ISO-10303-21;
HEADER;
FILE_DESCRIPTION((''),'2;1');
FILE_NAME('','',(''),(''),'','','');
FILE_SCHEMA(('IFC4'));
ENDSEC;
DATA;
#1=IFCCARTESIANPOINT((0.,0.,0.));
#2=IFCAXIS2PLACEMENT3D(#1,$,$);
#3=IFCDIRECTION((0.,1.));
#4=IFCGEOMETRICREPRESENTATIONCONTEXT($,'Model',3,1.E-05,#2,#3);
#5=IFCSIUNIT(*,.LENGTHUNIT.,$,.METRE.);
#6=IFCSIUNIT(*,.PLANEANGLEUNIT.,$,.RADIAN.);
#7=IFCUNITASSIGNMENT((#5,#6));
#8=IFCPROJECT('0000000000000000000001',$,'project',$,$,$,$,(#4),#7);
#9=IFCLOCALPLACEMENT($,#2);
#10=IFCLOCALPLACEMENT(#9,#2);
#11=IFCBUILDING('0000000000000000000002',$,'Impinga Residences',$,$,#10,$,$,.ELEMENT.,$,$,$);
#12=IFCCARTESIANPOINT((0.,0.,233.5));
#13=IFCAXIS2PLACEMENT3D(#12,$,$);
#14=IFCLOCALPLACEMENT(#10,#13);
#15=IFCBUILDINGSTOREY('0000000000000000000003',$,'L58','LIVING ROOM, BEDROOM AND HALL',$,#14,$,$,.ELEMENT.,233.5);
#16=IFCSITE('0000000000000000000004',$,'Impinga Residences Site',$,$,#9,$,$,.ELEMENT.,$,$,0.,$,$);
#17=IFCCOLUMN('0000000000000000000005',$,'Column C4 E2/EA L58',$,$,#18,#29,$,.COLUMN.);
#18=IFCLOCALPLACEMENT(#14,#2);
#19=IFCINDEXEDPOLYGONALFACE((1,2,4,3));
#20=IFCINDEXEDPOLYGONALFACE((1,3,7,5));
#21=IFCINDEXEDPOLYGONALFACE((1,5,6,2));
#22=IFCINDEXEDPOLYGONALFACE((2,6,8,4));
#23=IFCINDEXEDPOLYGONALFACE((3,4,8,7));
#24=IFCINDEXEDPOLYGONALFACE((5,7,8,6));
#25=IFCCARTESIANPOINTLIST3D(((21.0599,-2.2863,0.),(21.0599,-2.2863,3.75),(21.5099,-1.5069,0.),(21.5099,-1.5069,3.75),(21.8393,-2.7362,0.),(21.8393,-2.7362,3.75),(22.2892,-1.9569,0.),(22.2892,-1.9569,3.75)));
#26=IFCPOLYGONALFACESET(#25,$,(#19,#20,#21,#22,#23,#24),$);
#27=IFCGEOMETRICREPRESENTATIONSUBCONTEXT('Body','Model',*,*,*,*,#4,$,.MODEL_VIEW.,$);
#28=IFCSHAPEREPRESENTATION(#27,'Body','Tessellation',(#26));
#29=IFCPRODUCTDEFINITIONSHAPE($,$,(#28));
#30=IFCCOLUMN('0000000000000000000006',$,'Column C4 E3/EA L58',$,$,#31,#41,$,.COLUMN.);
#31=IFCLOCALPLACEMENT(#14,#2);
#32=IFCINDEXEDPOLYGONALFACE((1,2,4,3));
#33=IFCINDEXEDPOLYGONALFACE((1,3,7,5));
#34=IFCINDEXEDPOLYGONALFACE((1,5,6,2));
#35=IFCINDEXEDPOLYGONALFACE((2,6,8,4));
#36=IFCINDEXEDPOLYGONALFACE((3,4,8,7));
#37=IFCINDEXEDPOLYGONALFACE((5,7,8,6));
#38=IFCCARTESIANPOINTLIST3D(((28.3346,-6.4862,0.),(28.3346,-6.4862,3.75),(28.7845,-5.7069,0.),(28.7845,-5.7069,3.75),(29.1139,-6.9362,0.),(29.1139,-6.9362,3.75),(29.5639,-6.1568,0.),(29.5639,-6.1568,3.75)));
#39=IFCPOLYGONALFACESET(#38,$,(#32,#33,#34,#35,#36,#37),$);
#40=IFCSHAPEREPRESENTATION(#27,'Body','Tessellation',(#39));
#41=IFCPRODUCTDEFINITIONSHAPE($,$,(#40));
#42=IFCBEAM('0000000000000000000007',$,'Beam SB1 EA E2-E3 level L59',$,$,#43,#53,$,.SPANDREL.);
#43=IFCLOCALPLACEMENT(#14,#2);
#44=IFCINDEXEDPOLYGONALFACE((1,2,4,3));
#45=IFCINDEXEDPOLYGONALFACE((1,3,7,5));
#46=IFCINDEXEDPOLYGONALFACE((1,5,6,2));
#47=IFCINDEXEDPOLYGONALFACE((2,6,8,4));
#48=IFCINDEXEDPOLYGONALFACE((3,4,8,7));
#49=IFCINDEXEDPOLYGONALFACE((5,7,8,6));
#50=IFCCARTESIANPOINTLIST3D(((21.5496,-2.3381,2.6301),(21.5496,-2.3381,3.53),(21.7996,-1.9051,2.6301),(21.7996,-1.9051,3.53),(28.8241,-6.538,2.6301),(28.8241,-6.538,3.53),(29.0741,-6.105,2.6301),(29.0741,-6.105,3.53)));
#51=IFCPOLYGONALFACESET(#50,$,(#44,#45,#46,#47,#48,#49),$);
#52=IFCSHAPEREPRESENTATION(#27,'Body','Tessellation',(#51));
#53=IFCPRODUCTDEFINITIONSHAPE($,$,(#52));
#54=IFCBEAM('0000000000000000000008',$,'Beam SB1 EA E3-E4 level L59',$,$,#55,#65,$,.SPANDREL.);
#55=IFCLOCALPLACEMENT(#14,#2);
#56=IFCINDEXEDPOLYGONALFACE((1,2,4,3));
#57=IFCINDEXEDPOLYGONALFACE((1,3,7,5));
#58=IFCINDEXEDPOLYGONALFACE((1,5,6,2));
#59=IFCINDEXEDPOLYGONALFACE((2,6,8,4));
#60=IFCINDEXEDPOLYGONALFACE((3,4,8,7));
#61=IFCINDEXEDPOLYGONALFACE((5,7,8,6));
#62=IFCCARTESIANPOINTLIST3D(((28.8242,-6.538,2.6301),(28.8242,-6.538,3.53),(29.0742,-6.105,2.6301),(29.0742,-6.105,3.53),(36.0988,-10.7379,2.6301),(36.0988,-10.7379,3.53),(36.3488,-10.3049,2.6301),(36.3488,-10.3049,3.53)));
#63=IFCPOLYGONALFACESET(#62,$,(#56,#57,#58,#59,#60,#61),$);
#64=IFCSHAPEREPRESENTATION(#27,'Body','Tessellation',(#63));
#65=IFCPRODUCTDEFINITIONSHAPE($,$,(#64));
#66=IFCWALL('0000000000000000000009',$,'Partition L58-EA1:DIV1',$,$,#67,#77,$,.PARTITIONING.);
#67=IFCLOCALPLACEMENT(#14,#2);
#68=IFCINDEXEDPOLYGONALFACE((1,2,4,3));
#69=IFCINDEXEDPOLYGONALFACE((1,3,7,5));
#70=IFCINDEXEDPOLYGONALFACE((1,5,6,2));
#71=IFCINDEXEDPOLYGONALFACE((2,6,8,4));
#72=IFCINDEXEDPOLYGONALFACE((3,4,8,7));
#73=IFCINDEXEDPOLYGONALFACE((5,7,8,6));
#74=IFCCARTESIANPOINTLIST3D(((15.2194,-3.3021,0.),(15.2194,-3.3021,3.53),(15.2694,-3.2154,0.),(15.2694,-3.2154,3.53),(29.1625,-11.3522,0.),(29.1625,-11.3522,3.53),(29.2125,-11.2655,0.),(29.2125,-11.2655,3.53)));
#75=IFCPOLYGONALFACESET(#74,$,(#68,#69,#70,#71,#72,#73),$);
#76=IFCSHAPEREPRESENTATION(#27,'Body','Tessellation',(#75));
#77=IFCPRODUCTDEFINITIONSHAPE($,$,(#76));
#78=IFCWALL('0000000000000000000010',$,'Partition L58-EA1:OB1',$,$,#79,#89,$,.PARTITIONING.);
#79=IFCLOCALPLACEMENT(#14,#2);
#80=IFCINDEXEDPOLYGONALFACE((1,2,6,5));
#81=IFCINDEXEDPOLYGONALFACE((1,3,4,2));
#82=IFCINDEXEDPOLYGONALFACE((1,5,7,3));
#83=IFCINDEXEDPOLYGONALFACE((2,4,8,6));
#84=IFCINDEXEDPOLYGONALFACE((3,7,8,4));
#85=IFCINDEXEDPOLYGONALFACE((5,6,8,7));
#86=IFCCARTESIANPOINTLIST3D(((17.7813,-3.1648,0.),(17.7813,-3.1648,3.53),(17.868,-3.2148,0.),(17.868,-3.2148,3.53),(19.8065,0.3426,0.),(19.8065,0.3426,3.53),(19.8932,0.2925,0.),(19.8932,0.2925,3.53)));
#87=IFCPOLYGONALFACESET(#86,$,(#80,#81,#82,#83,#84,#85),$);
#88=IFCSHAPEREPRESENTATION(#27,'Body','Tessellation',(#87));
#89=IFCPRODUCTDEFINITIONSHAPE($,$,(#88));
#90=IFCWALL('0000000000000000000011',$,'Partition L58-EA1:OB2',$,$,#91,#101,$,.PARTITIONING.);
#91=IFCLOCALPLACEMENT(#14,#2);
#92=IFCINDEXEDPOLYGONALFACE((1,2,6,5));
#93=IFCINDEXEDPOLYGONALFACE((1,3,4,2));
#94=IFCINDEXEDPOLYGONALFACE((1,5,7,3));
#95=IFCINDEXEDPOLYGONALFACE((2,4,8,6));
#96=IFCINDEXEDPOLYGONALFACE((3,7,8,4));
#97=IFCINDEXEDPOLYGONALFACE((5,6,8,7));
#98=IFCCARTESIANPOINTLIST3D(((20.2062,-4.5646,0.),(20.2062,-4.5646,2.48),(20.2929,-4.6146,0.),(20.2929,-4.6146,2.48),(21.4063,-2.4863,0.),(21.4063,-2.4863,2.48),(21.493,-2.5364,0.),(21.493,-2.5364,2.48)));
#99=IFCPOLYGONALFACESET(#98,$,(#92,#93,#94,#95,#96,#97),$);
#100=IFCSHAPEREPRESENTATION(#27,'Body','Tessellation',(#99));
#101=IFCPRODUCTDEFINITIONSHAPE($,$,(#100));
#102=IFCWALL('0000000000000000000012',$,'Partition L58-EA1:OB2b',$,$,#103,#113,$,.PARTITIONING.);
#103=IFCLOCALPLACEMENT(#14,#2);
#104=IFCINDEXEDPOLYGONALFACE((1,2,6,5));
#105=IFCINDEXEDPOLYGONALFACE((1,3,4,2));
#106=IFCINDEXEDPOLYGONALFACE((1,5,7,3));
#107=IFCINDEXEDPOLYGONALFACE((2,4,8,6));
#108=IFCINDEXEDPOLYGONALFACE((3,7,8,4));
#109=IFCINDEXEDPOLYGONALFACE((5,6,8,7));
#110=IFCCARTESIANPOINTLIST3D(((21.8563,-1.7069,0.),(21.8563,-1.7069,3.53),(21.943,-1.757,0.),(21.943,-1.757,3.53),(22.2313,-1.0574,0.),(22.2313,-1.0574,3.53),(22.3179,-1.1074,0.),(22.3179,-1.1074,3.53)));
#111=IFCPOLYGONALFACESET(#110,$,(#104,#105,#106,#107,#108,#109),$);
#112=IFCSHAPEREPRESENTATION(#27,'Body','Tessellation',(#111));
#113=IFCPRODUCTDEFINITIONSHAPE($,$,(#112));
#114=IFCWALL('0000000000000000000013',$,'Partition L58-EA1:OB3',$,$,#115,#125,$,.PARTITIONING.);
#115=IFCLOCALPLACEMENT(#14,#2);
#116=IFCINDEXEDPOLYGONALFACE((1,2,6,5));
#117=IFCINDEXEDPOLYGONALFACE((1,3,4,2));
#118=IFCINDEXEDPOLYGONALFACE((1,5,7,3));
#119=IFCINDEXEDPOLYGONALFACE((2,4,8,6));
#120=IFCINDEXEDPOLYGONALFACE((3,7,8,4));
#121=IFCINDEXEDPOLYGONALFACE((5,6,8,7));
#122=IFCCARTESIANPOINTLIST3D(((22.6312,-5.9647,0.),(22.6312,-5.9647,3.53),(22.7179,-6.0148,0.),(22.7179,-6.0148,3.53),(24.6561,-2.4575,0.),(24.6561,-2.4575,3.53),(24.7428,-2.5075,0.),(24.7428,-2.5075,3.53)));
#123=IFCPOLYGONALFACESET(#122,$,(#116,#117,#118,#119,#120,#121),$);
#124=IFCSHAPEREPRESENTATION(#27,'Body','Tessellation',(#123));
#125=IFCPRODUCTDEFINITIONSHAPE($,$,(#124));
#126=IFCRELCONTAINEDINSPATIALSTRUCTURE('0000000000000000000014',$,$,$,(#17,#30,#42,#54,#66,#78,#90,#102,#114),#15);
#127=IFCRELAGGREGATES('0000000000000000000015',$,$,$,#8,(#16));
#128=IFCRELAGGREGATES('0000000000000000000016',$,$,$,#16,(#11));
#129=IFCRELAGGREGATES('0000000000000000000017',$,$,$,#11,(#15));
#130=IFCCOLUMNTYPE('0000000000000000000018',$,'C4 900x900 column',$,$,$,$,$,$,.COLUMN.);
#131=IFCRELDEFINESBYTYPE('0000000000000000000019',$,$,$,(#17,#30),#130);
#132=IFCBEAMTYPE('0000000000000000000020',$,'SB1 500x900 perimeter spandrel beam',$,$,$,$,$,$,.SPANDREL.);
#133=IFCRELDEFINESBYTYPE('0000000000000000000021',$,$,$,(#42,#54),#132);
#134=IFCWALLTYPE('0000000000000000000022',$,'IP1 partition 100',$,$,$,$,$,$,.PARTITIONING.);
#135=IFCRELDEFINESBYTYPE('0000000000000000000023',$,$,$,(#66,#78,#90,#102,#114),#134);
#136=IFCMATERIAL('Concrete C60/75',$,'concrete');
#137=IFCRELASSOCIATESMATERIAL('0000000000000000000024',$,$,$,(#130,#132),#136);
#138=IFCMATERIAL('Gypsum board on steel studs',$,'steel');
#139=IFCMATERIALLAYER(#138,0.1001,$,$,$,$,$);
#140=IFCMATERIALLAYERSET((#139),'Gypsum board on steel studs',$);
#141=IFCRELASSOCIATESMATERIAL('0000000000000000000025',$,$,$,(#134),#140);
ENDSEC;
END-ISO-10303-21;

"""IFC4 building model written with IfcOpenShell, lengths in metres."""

from ifc_helpers import new_model, si_unit, direction, frame, frame_2d, origin, origin_2d, place, context, subcontext, project, spatial, rectangle, extrude, material, layer, layer_set, material_profile, profile_set, type_object, element, save


model = new_model("IFC4")

# Units and contexts
model_context = context("Model", 3, precision=1e-05, world=origin(), true_north=direction((0.0, 1.0)))
body_context = subcontext(model_context, "Body", "Model", "MODEL_VIEW")
ifc_project = project(units=[si_unit("LENGTHUNIT", "METRE"), si_unit("PLANEANGLEUNIT", "RADIAN")], contexts=[model_context])

# Site, building, storey
site_placement = place(None, origin())
site = spatial("IfcSite", under=ifc_project, at=site_placement, Name="Impinga Residences Site", CompositionType="ELEMENT", RefElevation=0.0)
building_placement = place(site_placement, origin())
building = spatial("IfcBuilding", under=site, at=building_placement, Name="Impinga Residences", CompositionType="ELEMENT")
storey_placement = place(building_placement, frame((0.0, 0.0, 233.5)))
storey = spatial("IfcBuildingStorey", under=building, at=storey_placement, Name="L58", Description="LIVING ROOM, BEDROOM AND HALL", CompositionType="ELEMENT", Elevation=233.5)

# Columns
ifc_material_1 = material(Name="Concrete C60/75", Category="concrete")
ifc_material_profile_1 = material_profile(ifc_material_1, rectangle(XDim=0.8999, YDim=0.8999, at=origin_2d()), Name="RC 900x900")
ifc_profile_set_1 = profile_set([ifc_material_profile_1], Name="Concrete C60/75")
column_type = type_object("IfcColumnType", Name="C4 900x900 column", PredefinedType="COLUMN", material=ifc_profile_set_1)
for number, where, z_axis, x_axis, name in (
    (1, (21.6746, -2.1216, 0.0), (0.0, 0.0, 1.0), (-0.5, -0.866025, 0.0), "Column C4 E2/EA L58"),
    (2, (28.9492, -6.3215, 0.0), (0.0, 0.0, 1.0), (-0.5, -0.866025, 0.0), "Column C4 E3/EA L58"),
):
    element("IfcColumn", number, at=place(storey_placement, frame(where, z_axis=z_axis, x_axis=x_axis)), inside=storey, type_object=column_type, Name=name, PredefinedType="COLUMN", context=body_context, shape_type="SweptSolid", body=[
        extrude(rectangle(XDim=0.8999, YDim=0.8999, at=origin_2d()), origin(), (0.0, 0.0, 1.0), 3.75),
    ])

# Beams
ifc_material_profile_2 = material_profile(ifc_material_1, rectangle(XDim=0.5, YDim=0.8999, at=origin_2d()), Name="RC 500x900")
ifc_profile_set_2 = profile_set([ifc_material_profile_2], Name="Concrete C60/75")
beam_type = type_object("IfcBeamType", Name="SB1 500x900 perimeter spandrel beam", PredefinedType="SPANDREL", material=ifc_profile_set_2)
for number, where, z_axis, x_axis, name in (
    (3, (21.6746, -2.1216, 3.0801), (0.866029, -0.499993, 0.0), (0.499993, 0.866029, 0.0), "Beam SB1 EA E2-E3 level L59"),
    (4, (28.9492, -6.3215, 3.0801), (0.866029, -0.499993, 0.0), (0.499993, 0.866029, 0.0), "Beam SB1 EA E3-E4 level L59"),
):
    element("IfcBeam", number, at=place(storey_placement, frame(where, z_axis=z_axis, x_axis=x_axis)), inside=storey, type_object=beam_type, Name=name, PredefinedType="SPANDREL", context=body_context, shape_type="SweptSolid", body=[
        extrude(rectangle(XDim=0.5, YDim=0.8999, at=origin_2d()), origin(), (0.0, 0.0, 1.0), 8.3999),
    ])

# Walls
ifc_material_2 = material(Name="Gypsum board on steel studs", Category="steel")
ifc_layer = layer(ifc_material_2, 0.1001)
ifc_layer_set = layer_set([ifc_layer], Name="Gypsum board on steel studs")
wall_type = type_object("IfcWallType", Name="IP1 partition 100", PredefinedType="PARTITIONING", material=ifc_layer_set)
wall_1_placement = place(storey_placement, frame((15.2444, -3.2588, 0.0), z_axis=(0.0, 0.0, 1.0), x_axis=(0.866026, -0.499999, 0.0)))
element("IfcWall", 5, at=wall_1_placement, inside=storey, type_object=wall_type, Name="Partition L58-EA1:DIV1", PredefinedType="PARTITIONING", context=body_context, shape_type="SweptSolid", body=[
    extrude(rectangle(XDim=16.1001, YDim=0.1001, at=frame_2d((8.05, 0.0))), origin(), (0.0, 0.0, 1.0), 3.53),
])
wall_2_placement = place(storey_placement, frame((17.8247, -3.1897, 0.0), z_axis=(0.0, 0.0, 1.0), x_axis=(0.500036, 0.866005, 0.0)))
element("IfcWall", 6, at=wall_2_placement, inside=storey, type_object=wall_type, Name="Partition L58-EA1:OB1", PredefinedType="PARTITIONING", context=body_context, shape_type="SweptSolid", body=[
    extrude(rectangle(XDim=4.05, YDim=0.1001, at=frame_2d((2.0249, 0.0))), origin(), (0.0, 0.0, 1.0), 3.53),
])
wall_3_placement = place(storey_placement, frame((20.2495, -4.5896, 0.0), z_axis=(0.0, 0.0, 1.0), x_axis=(0.500078, 0.865981, 0.0)))
element("IfcWall", 7, at=wall_3_placement, inside=storey, type_object=wall_type, Name="Partition L58-EA1:OB2", PredefinedType="PARTITIONING", context=body_context, shape_type="SweptSolid", body=[
    extrude(rectangle(XDim=2.3999, YDim=0.1001, at=frame_2d((1.2, 0.0))), origin(), (0.0, 0.0, 1.0), 2.48),
])
wall_4_placement = place(storey_placement, frame((21.8997, -1.7319, 0.0), z_axis=(0.0, 0.0, 1.0), x_axis=(0.49992, 0.866072, 0.0)))
element("IfcWall", 8, at=wall_4_placement, inside=storey, type_object=wall_type, Name="Partition L58-EA1:OB2b", PredefinedType="PARTITIONING", context=body_context, shape_type="SweptSolid", body=[
    extrude(rectangle(XDim=0.75, YDim=0.1001, at=frame_2d((0.375, 0.0))), origin(), (0.0, 0.0, 1.0), 3.53),
])
wall_5_placement = place(storey_placement, frame((22.6746, -5.9897, 0.0), z_axis=(0.0, 0.0, 1.0), x_axis=(0.49999, 0.866031, 0.0)))
element("IfcWall", 9, at=wall_5_placement, inside=storey, type_object=wall_type, Name="Partition L58-EA1:OB3", PredefinedType="PARTITIONING", context=body_context, shape_type="SweptSolid", body=[
    extrude(rectangle(XDim=4.0498, YDim=0.1001, at=frame_2d((2.0249, 0.0))), origin(), (0.0, 0.0, 1.0), 3.53),
])

save(model, "model.ifc")
